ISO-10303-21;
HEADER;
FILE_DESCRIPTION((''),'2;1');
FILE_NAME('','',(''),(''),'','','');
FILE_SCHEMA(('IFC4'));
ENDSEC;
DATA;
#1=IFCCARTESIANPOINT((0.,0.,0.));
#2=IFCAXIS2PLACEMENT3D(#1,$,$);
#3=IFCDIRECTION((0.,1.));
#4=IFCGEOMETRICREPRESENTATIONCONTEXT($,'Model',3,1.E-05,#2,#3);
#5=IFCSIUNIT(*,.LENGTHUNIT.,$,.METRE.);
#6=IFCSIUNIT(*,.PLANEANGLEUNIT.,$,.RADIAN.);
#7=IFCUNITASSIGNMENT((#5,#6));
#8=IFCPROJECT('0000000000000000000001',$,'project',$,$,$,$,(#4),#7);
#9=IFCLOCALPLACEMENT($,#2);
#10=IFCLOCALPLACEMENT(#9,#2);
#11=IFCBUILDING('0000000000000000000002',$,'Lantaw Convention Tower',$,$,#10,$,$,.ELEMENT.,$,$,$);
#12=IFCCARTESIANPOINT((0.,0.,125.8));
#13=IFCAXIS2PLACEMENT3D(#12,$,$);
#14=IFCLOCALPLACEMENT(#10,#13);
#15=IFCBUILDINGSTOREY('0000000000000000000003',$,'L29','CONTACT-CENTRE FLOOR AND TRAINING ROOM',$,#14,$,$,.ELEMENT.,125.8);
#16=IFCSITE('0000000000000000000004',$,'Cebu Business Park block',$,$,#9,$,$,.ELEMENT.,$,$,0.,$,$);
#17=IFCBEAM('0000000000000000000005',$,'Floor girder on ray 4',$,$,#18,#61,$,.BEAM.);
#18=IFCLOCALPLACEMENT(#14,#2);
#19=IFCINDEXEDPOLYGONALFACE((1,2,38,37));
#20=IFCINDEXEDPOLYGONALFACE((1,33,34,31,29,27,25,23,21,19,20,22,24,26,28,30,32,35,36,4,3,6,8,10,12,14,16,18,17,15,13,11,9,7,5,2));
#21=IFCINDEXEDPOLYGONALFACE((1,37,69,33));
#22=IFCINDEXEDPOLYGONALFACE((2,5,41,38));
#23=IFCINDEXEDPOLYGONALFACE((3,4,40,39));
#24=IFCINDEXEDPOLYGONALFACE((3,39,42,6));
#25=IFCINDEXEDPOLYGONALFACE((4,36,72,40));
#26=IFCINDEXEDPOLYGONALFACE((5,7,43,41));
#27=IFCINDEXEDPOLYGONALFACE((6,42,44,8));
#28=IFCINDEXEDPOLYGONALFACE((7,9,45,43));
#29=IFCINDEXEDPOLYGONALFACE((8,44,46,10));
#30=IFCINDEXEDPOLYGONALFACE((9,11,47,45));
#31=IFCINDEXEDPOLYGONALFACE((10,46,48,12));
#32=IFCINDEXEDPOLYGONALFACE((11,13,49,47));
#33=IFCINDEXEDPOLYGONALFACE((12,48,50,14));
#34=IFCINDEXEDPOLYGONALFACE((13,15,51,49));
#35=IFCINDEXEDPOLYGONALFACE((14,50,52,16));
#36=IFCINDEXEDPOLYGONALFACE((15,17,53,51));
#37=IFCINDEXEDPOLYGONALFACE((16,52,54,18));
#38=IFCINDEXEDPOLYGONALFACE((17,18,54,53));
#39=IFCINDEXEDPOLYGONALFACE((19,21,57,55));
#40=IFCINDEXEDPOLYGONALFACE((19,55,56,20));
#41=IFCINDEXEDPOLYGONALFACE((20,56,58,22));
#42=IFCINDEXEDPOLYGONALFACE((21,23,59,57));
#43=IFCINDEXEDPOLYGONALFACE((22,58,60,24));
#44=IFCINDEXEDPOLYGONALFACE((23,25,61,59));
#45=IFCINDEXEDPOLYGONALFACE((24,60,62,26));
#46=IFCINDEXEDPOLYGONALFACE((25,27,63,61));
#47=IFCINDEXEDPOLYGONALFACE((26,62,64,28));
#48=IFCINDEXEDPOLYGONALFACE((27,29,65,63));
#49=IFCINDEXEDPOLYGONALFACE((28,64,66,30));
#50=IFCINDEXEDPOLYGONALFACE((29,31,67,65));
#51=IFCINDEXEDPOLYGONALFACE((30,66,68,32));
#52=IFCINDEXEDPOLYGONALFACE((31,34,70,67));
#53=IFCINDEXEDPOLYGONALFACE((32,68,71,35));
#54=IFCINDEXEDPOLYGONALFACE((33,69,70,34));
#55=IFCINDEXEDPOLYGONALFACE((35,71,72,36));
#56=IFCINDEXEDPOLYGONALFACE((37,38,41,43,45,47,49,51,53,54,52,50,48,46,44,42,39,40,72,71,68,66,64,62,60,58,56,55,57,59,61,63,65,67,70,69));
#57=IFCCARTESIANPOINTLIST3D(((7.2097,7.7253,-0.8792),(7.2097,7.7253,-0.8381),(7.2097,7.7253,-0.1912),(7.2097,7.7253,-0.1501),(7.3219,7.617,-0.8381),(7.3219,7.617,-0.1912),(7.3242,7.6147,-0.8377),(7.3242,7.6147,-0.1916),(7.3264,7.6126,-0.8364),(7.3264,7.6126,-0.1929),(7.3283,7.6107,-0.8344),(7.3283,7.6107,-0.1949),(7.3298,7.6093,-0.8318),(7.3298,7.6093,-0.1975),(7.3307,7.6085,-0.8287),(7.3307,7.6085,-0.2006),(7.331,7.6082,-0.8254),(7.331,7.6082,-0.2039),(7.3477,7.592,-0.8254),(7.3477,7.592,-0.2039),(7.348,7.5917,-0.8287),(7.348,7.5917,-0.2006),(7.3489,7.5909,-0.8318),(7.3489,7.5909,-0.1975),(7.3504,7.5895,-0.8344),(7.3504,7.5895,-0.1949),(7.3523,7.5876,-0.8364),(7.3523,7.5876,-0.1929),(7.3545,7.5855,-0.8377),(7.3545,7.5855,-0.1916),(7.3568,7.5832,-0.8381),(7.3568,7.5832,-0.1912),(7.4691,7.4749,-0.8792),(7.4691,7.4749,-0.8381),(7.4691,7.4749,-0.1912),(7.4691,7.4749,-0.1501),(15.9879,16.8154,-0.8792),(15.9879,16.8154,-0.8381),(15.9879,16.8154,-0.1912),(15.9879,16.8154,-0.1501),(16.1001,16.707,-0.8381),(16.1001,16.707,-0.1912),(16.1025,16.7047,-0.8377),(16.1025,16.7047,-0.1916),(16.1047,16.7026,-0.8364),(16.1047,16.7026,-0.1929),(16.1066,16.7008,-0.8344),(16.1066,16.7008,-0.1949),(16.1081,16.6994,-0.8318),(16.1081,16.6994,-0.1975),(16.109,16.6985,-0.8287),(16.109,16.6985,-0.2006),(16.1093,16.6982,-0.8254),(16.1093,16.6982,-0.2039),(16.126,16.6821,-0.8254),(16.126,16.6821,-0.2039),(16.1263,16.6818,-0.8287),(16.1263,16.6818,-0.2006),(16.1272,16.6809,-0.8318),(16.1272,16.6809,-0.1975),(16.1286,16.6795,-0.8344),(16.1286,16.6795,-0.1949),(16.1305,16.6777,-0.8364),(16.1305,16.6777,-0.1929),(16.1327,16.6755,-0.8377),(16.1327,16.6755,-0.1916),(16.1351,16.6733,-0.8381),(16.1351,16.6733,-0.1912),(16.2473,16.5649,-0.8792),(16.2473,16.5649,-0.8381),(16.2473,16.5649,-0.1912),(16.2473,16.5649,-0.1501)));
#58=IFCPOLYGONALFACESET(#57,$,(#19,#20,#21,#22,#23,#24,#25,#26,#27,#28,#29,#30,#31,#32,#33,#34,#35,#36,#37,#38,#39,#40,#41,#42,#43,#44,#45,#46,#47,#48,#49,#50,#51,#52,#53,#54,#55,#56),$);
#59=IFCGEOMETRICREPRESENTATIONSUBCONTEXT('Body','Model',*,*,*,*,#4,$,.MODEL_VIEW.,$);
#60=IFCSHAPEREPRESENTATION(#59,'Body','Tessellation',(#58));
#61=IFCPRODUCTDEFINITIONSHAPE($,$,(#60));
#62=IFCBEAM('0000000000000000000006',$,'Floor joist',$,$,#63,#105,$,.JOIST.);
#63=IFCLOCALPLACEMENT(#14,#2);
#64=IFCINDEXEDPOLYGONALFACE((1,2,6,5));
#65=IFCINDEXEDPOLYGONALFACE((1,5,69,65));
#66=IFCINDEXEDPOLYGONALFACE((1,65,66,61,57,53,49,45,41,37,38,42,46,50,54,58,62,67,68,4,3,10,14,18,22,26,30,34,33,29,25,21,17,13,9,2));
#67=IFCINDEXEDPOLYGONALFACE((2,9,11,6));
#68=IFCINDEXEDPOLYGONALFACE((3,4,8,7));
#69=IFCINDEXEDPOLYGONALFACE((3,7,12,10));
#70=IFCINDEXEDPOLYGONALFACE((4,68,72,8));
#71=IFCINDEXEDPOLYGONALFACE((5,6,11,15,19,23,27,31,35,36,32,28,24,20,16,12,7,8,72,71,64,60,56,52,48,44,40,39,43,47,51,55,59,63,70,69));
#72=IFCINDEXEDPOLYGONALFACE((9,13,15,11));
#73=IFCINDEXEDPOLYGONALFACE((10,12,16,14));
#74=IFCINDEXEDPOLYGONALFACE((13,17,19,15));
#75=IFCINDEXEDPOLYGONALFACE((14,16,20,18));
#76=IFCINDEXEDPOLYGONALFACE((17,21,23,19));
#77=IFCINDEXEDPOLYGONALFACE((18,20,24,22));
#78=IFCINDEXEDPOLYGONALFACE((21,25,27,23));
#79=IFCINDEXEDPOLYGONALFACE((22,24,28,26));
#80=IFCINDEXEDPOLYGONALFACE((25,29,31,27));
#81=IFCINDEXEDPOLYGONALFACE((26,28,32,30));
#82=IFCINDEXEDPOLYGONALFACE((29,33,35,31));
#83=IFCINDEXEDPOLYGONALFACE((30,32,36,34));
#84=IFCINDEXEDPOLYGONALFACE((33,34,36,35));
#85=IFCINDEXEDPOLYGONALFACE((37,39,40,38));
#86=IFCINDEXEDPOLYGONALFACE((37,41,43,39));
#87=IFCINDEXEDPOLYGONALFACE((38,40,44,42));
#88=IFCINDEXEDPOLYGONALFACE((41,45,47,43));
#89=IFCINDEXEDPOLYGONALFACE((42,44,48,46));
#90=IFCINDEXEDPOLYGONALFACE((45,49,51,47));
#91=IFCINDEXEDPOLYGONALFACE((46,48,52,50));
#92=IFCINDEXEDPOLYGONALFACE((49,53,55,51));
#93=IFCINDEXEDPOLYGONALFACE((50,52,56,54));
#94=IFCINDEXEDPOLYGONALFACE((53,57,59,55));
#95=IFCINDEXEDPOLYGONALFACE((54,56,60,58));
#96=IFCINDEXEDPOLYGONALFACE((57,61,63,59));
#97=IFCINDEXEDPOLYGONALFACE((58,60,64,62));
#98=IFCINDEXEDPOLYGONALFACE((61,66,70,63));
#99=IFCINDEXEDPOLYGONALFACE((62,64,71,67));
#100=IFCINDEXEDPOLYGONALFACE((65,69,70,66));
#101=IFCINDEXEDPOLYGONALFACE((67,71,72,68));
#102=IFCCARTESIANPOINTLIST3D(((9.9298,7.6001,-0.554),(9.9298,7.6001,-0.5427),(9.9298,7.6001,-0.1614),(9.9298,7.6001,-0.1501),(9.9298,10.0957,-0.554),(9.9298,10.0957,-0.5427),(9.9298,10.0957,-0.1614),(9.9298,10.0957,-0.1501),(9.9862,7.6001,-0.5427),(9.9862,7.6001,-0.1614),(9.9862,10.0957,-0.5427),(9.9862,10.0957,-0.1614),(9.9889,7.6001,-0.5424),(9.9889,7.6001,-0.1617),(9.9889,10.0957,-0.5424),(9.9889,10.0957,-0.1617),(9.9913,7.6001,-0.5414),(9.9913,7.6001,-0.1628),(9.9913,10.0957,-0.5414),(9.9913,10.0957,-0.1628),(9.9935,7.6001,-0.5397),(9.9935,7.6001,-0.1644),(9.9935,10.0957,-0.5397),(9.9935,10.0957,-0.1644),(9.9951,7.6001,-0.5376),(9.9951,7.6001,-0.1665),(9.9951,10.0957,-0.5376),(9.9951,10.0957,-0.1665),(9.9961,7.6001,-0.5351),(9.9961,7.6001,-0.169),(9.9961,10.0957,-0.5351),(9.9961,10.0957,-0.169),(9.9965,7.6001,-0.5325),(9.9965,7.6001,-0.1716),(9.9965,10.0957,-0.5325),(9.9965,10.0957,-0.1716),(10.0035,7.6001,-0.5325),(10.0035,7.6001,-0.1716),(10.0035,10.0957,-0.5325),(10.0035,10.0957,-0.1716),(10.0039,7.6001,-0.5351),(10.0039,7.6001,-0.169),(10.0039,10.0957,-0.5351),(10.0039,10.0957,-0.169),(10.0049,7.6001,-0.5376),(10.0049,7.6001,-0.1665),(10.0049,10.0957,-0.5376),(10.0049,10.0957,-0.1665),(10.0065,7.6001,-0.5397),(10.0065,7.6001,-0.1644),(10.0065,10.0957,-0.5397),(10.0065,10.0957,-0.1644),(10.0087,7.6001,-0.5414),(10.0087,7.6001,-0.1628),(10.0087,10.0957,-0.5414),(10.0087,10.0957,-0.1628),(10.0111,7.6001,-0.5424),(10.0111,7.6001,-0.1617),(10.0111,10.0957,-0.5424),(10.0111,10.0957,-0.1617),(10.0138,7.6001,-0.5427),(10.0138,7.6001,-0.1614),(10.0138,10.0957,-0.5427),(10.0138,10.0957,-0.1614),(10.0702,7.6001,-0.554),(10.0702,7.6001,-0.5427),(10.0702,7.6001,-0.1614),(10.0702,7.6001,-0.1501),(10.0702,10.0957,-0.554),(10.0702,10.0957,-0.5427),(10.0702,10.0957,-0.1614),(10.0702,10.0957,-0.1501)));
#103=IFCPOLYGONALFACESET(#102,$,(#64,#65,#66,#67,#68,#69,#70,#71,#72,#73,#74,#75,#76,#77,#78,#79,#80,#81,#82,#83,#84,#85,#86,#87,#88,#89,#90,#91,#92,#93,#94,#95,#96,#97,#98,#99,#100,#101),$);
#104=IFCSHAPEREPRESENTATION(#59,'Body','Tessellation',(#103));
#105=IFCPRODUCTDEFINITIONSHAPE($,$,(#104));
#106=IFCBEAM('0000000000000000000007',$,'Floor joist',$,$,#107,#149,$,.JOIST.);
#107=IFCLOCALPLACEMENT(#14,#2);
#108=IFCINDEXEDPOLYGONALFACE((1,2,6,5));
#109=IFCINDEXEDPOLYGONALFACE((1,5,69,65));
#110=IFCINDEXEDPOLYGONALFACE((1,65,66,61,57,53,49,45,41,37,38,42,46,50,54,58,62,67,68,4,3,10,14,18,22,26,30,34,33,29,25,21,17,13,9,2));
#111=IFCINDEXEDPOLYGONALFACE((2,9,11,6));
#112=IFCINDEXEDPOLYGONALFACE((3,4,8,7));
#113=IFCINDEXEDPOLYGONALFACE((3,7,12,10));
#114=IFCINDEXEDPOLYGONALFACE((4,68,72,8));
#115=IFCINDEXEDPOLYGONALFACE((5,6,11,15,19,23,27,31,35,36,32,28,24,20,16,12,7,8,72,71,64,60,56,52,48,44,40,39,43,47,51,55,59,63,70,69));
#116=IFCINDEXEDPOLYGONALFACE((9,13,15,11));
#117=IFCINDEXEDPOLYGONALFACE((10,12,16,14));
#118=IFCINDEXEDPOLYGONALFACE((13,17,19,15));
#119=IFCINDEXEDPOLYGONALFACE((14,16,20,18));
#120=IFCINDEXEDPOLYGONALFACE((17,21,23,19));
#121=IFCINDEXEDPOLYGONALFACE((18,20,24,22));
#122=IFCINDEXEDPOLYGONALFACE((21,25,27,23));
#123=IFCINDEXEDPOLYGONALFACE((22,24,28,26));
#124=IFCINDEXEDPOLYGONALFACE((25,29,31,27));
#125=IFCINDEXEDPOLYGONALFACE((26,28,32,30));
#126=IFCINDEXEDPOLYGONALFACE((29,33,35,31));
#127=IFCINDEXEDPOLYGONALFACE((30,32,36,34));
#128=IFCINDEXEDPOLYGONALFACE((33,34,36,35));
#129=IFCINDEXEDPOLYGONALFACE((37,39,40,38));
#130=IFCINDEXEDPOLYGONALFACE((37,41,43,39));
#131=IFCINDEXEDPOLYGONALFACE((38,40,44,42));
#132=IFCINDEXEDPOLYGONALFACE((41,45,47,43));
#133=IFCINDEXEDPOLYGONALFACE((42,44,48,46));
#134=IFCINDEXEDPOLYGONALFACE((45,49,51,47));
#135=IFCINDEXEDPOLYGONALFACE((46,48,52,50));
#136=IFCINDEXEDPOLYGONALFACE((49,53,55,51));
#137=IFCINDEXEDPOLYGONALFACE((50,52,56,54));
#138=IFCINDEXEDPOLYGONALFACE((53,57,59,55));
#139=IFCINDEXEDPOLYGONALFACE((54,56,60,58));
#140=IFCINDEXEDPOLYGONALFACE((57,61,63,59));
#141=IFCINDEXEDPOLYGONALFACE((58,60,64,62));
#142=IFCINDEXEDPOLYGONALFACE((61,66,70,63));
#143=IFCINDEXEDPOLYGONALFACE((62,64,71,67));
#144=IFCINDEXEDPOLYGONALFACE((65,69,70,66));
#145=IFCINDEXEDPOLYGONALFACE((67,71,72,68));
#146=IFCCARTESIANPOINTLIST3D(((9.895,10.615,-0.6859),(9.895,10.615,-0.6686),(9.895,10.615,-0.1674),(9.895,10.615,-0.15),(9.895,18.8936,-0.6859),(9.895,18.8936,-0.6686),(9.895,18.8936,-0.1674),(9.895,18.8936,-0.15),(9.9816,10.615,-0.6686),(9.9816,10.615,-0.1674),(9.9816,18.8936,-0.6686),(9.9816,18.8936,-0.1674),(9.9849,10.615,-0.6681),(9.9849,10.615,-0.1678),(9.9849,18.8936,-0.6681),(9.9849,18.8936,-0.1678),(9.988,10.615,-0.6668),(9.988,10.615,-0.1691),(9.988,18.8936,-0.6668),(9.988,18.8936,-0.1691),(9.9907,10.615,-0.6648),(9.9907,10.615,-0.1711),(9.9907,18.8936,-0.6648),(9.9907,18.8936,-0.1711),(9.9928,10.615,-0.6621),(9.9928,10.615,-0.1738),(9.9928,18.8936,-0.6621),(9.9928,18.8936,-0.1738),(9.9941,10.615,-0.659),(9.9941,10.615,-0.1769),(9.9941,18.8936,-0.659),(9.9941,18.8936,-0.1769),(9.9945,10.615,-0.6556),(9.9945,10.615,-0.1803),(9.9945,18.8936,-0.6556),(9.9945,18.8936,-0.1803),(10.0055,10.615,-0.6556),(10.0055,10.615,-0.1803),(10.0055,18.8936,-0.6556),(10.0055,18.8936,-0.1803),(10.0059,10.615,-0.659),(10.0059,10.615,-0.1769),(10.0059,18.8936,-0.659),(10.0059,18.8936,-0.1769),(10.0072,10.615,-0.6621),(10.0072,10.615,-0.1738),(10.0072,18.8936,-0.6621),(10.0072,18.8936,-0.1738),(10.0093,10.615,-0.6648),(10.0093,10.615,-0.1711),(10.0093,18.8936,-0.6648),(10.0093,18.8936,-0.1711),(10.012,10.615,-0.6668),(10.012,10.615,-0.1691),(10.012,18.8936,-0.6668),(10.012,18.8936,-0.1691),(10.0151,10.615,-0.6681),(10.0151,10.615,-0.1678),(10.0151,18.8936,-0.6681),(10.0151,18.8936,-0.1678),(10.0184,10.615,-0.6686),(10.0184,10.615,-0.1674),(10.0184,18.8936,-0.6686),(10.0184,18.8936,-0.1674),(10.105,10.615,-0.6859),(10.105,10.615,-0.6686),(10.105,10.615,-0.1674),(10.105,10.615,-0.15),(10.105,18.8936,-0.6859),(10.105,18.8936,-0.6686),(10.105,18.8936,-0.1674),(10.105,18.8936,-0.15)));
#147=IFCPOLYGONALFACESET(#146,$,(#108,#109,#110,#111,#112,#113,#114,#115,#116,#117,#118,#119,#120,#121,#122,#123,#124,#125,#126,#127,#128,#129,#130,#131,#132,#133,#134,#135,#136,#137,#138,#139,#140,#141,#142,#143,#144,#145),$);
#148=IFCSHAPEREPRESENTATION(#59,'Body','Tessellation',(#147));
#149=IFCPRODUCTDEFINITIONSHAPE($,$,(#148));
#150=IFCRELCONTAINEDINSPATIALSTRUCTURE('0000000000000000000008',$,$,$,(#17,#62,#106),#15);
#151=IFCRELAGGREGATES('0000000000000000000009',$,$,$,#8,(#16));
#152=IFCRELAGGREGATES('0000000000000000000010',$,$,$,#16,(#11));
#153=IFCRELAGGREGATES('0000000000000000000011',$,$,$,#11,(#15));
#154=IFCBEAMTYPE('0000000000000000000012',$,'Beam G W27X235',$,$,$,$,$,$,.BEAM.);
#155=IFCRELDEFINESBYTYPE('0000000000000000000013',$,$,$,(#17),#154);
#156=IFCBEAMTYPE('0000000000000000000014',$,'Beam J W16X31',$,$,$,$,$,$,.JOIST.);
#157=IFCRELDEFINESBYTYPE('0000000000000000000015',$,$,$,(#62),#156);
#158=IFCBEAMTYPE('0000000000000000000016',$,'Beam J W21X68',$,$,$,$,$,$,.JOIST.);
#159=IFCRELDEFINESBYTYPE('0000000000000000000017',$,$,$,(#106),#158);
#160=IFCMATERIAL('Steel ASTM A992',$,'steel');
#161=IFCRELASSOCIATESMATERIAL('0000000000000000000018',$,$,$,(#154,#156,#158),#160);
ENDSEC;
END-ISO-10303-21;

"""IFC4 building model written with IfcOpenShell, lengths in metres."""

from ifc_helpers import new_model, si_unit, direction, frame, origin, origin_2d, place, context, subcontext, project, spatial, i_section, extrude, material, material_profile, profile_set, type_object, element, save


model = new_model("IFC4")

# Units and contexts
model_context = context("Model", 3, precision=1e-05, world=origin(), true_north=direction((0.0, 1.0)))
body_context = subcontext(model_context, "Body", "Model", "MODEL_VIEW")
ifc_project = project(units=[si_unit("LENGTHUNIT", "METRE"), si_unit("PLANEANGLEUNIT", "RADIAN")], contexts=[model_context])

# Site, building, storey
site_placement = place(None, origin())
site = spatial("IfcSite", under=ifc_project, at=site_placement, Name="Cebu Business Park block", CompositionType="ELEMENT", RefElevation=0.0)
building_placement = place(site_placement, origin())
building = spatial("IfcBuilding", under=site, at=building_placement, Name="Lantaw Convention Tower", CompositionType="ELEMENT")
storey_placement = place(building_placement, frame((0.0, 0.0, 125.8)))
storey = spatial("IfcBuildingStorey", under=building, at=storey_placement, Name="L29", Description="CONTACT-CENTRE FLOOR AND TRAINING ROOM", CompositionType="ELEMENT", Elevation=125.8)

# Beams
ifc_material_1 = material(Name="Steel ASTM A992", Category="steel")
ifc_material_profile_1 = material_profile(ifc_material_1, i_section(OverallWidth=0.3606, OverallDepth=0.729, WebThickness=0.0232, FlangeThickness=0.041, FilletRadius=0.0127, at=origin_2d()), Name="W27X235")
ifc_profile_set_1 = profile_set([ifc_material_profile_1], Name="Steel ASTM A992")
beam_type_1 = type_object("IfcBeamType", Name="Beam G W27X235", PredefinedType="BEAM", material=ifc_profile_set_1)
beam_1_placement = place(storey_placement, frame((7.3394, 7.6001, -0.5146), z_axis=(0.694663, 0.719335, 0.0), x_axis=(-0.719335, 0.694663, 0.0)))
element("IfcBeam", 1, at=beam_1_placement, inside=storey, type_object=beam_type_1, Name="Floor girder on ray 4", PredefinedType="BEAM", context=body_context, shape_type="SweptSolid", body=[
    extrude(i_section(OverallWidth=0.3606, OverallDepth=0.729, WebThickness=0.0232, FlangeThickness=0.041, FilletRadius=0.0127, at=origin_2d()), origin(), (0.0, 0.0, 1.0), 12.6367),
])
ifc_material_profile_2 = material_profile(ifc_material_1, i_section(OverallWidth=0.1404, OverallDepth=0.4038, WebThickness=0.0071, FlangeThickness=0.0112, FilletRadius=0.0103, at=origin_2d()), Name="W16X31")
ifc_profile_set_2 = profile_set([ifc_material_profile_2], Name="Steel ASTM A992")
beam_type_2 = type_object("IfcBeamType", Name="Beam J W16X31", PredefinedType="JOIST", material=ifc_profile_set_2)
beam_2_placement = place(storey_placement, frame((10.0, 7.6001, -0.3521), z_axis=(0.0, 1.0, 0.0), x_axis=(-1.0, 0.0, 0.0)))
element("IfcBeam", 2, at=beam_2_placement, inside=storey, type_object=beam_type_2, Name="Floor joist", PredefinedType="JOIST", context=body_context, shape_type="SweptSolid", body=[
    extrude(i_section(OverallWidth=0.1404, OverallDepth=0.4038, WebThickness=0.0071, FlangeThickness=0.0112, FilletRadius=0.0103, at=origin_2d()), origin(), (0.0, 0.0, 1.0), 2.4956),
])
ifc_material_profile_3 = material_profile(ifc_material_1, i_section(OverallWidth=0.21, OverallDepth=0.5359, WebThickness=0.011, FlangeThickness=0.0173, FilletRadius=0.0129, at=origin_2d()), Name="W21X68")
ifc_profile_set_3 = profile_set([ifc_material_profile_3], Name="Steel ASTM A992")
beam_type_3 = type_object("IfcBeamType", Name="Beam J W21X68", PredefinedType="JOIST", material=ifc_profile_set_3)
beam_3_placement = place(storey_placement, frame((10.0, 10.615, -0.418), z_axis=(0.0, 1.0, 0.0), x_axis=(-1.0, 0.0, 0.0)))
element("IfcBeam", 3, at=beam_3_placement, inside=storey, type_object=beam_type_3, Name="Floor joist", PredefinedType="JOIST", context=body_context, shape_type="SweptSolid", body=[
    extrude(i_section(OverallWidth=0.21, OverallDepth=0.5359, WebThickness=0.011, FlangeThickness=0.0173, FilletRadius=0.0129, at=origin_2d()), origin(), (0.0, 0.0, 1.0), 8.2786),
])

save(model, "model.ifc")
